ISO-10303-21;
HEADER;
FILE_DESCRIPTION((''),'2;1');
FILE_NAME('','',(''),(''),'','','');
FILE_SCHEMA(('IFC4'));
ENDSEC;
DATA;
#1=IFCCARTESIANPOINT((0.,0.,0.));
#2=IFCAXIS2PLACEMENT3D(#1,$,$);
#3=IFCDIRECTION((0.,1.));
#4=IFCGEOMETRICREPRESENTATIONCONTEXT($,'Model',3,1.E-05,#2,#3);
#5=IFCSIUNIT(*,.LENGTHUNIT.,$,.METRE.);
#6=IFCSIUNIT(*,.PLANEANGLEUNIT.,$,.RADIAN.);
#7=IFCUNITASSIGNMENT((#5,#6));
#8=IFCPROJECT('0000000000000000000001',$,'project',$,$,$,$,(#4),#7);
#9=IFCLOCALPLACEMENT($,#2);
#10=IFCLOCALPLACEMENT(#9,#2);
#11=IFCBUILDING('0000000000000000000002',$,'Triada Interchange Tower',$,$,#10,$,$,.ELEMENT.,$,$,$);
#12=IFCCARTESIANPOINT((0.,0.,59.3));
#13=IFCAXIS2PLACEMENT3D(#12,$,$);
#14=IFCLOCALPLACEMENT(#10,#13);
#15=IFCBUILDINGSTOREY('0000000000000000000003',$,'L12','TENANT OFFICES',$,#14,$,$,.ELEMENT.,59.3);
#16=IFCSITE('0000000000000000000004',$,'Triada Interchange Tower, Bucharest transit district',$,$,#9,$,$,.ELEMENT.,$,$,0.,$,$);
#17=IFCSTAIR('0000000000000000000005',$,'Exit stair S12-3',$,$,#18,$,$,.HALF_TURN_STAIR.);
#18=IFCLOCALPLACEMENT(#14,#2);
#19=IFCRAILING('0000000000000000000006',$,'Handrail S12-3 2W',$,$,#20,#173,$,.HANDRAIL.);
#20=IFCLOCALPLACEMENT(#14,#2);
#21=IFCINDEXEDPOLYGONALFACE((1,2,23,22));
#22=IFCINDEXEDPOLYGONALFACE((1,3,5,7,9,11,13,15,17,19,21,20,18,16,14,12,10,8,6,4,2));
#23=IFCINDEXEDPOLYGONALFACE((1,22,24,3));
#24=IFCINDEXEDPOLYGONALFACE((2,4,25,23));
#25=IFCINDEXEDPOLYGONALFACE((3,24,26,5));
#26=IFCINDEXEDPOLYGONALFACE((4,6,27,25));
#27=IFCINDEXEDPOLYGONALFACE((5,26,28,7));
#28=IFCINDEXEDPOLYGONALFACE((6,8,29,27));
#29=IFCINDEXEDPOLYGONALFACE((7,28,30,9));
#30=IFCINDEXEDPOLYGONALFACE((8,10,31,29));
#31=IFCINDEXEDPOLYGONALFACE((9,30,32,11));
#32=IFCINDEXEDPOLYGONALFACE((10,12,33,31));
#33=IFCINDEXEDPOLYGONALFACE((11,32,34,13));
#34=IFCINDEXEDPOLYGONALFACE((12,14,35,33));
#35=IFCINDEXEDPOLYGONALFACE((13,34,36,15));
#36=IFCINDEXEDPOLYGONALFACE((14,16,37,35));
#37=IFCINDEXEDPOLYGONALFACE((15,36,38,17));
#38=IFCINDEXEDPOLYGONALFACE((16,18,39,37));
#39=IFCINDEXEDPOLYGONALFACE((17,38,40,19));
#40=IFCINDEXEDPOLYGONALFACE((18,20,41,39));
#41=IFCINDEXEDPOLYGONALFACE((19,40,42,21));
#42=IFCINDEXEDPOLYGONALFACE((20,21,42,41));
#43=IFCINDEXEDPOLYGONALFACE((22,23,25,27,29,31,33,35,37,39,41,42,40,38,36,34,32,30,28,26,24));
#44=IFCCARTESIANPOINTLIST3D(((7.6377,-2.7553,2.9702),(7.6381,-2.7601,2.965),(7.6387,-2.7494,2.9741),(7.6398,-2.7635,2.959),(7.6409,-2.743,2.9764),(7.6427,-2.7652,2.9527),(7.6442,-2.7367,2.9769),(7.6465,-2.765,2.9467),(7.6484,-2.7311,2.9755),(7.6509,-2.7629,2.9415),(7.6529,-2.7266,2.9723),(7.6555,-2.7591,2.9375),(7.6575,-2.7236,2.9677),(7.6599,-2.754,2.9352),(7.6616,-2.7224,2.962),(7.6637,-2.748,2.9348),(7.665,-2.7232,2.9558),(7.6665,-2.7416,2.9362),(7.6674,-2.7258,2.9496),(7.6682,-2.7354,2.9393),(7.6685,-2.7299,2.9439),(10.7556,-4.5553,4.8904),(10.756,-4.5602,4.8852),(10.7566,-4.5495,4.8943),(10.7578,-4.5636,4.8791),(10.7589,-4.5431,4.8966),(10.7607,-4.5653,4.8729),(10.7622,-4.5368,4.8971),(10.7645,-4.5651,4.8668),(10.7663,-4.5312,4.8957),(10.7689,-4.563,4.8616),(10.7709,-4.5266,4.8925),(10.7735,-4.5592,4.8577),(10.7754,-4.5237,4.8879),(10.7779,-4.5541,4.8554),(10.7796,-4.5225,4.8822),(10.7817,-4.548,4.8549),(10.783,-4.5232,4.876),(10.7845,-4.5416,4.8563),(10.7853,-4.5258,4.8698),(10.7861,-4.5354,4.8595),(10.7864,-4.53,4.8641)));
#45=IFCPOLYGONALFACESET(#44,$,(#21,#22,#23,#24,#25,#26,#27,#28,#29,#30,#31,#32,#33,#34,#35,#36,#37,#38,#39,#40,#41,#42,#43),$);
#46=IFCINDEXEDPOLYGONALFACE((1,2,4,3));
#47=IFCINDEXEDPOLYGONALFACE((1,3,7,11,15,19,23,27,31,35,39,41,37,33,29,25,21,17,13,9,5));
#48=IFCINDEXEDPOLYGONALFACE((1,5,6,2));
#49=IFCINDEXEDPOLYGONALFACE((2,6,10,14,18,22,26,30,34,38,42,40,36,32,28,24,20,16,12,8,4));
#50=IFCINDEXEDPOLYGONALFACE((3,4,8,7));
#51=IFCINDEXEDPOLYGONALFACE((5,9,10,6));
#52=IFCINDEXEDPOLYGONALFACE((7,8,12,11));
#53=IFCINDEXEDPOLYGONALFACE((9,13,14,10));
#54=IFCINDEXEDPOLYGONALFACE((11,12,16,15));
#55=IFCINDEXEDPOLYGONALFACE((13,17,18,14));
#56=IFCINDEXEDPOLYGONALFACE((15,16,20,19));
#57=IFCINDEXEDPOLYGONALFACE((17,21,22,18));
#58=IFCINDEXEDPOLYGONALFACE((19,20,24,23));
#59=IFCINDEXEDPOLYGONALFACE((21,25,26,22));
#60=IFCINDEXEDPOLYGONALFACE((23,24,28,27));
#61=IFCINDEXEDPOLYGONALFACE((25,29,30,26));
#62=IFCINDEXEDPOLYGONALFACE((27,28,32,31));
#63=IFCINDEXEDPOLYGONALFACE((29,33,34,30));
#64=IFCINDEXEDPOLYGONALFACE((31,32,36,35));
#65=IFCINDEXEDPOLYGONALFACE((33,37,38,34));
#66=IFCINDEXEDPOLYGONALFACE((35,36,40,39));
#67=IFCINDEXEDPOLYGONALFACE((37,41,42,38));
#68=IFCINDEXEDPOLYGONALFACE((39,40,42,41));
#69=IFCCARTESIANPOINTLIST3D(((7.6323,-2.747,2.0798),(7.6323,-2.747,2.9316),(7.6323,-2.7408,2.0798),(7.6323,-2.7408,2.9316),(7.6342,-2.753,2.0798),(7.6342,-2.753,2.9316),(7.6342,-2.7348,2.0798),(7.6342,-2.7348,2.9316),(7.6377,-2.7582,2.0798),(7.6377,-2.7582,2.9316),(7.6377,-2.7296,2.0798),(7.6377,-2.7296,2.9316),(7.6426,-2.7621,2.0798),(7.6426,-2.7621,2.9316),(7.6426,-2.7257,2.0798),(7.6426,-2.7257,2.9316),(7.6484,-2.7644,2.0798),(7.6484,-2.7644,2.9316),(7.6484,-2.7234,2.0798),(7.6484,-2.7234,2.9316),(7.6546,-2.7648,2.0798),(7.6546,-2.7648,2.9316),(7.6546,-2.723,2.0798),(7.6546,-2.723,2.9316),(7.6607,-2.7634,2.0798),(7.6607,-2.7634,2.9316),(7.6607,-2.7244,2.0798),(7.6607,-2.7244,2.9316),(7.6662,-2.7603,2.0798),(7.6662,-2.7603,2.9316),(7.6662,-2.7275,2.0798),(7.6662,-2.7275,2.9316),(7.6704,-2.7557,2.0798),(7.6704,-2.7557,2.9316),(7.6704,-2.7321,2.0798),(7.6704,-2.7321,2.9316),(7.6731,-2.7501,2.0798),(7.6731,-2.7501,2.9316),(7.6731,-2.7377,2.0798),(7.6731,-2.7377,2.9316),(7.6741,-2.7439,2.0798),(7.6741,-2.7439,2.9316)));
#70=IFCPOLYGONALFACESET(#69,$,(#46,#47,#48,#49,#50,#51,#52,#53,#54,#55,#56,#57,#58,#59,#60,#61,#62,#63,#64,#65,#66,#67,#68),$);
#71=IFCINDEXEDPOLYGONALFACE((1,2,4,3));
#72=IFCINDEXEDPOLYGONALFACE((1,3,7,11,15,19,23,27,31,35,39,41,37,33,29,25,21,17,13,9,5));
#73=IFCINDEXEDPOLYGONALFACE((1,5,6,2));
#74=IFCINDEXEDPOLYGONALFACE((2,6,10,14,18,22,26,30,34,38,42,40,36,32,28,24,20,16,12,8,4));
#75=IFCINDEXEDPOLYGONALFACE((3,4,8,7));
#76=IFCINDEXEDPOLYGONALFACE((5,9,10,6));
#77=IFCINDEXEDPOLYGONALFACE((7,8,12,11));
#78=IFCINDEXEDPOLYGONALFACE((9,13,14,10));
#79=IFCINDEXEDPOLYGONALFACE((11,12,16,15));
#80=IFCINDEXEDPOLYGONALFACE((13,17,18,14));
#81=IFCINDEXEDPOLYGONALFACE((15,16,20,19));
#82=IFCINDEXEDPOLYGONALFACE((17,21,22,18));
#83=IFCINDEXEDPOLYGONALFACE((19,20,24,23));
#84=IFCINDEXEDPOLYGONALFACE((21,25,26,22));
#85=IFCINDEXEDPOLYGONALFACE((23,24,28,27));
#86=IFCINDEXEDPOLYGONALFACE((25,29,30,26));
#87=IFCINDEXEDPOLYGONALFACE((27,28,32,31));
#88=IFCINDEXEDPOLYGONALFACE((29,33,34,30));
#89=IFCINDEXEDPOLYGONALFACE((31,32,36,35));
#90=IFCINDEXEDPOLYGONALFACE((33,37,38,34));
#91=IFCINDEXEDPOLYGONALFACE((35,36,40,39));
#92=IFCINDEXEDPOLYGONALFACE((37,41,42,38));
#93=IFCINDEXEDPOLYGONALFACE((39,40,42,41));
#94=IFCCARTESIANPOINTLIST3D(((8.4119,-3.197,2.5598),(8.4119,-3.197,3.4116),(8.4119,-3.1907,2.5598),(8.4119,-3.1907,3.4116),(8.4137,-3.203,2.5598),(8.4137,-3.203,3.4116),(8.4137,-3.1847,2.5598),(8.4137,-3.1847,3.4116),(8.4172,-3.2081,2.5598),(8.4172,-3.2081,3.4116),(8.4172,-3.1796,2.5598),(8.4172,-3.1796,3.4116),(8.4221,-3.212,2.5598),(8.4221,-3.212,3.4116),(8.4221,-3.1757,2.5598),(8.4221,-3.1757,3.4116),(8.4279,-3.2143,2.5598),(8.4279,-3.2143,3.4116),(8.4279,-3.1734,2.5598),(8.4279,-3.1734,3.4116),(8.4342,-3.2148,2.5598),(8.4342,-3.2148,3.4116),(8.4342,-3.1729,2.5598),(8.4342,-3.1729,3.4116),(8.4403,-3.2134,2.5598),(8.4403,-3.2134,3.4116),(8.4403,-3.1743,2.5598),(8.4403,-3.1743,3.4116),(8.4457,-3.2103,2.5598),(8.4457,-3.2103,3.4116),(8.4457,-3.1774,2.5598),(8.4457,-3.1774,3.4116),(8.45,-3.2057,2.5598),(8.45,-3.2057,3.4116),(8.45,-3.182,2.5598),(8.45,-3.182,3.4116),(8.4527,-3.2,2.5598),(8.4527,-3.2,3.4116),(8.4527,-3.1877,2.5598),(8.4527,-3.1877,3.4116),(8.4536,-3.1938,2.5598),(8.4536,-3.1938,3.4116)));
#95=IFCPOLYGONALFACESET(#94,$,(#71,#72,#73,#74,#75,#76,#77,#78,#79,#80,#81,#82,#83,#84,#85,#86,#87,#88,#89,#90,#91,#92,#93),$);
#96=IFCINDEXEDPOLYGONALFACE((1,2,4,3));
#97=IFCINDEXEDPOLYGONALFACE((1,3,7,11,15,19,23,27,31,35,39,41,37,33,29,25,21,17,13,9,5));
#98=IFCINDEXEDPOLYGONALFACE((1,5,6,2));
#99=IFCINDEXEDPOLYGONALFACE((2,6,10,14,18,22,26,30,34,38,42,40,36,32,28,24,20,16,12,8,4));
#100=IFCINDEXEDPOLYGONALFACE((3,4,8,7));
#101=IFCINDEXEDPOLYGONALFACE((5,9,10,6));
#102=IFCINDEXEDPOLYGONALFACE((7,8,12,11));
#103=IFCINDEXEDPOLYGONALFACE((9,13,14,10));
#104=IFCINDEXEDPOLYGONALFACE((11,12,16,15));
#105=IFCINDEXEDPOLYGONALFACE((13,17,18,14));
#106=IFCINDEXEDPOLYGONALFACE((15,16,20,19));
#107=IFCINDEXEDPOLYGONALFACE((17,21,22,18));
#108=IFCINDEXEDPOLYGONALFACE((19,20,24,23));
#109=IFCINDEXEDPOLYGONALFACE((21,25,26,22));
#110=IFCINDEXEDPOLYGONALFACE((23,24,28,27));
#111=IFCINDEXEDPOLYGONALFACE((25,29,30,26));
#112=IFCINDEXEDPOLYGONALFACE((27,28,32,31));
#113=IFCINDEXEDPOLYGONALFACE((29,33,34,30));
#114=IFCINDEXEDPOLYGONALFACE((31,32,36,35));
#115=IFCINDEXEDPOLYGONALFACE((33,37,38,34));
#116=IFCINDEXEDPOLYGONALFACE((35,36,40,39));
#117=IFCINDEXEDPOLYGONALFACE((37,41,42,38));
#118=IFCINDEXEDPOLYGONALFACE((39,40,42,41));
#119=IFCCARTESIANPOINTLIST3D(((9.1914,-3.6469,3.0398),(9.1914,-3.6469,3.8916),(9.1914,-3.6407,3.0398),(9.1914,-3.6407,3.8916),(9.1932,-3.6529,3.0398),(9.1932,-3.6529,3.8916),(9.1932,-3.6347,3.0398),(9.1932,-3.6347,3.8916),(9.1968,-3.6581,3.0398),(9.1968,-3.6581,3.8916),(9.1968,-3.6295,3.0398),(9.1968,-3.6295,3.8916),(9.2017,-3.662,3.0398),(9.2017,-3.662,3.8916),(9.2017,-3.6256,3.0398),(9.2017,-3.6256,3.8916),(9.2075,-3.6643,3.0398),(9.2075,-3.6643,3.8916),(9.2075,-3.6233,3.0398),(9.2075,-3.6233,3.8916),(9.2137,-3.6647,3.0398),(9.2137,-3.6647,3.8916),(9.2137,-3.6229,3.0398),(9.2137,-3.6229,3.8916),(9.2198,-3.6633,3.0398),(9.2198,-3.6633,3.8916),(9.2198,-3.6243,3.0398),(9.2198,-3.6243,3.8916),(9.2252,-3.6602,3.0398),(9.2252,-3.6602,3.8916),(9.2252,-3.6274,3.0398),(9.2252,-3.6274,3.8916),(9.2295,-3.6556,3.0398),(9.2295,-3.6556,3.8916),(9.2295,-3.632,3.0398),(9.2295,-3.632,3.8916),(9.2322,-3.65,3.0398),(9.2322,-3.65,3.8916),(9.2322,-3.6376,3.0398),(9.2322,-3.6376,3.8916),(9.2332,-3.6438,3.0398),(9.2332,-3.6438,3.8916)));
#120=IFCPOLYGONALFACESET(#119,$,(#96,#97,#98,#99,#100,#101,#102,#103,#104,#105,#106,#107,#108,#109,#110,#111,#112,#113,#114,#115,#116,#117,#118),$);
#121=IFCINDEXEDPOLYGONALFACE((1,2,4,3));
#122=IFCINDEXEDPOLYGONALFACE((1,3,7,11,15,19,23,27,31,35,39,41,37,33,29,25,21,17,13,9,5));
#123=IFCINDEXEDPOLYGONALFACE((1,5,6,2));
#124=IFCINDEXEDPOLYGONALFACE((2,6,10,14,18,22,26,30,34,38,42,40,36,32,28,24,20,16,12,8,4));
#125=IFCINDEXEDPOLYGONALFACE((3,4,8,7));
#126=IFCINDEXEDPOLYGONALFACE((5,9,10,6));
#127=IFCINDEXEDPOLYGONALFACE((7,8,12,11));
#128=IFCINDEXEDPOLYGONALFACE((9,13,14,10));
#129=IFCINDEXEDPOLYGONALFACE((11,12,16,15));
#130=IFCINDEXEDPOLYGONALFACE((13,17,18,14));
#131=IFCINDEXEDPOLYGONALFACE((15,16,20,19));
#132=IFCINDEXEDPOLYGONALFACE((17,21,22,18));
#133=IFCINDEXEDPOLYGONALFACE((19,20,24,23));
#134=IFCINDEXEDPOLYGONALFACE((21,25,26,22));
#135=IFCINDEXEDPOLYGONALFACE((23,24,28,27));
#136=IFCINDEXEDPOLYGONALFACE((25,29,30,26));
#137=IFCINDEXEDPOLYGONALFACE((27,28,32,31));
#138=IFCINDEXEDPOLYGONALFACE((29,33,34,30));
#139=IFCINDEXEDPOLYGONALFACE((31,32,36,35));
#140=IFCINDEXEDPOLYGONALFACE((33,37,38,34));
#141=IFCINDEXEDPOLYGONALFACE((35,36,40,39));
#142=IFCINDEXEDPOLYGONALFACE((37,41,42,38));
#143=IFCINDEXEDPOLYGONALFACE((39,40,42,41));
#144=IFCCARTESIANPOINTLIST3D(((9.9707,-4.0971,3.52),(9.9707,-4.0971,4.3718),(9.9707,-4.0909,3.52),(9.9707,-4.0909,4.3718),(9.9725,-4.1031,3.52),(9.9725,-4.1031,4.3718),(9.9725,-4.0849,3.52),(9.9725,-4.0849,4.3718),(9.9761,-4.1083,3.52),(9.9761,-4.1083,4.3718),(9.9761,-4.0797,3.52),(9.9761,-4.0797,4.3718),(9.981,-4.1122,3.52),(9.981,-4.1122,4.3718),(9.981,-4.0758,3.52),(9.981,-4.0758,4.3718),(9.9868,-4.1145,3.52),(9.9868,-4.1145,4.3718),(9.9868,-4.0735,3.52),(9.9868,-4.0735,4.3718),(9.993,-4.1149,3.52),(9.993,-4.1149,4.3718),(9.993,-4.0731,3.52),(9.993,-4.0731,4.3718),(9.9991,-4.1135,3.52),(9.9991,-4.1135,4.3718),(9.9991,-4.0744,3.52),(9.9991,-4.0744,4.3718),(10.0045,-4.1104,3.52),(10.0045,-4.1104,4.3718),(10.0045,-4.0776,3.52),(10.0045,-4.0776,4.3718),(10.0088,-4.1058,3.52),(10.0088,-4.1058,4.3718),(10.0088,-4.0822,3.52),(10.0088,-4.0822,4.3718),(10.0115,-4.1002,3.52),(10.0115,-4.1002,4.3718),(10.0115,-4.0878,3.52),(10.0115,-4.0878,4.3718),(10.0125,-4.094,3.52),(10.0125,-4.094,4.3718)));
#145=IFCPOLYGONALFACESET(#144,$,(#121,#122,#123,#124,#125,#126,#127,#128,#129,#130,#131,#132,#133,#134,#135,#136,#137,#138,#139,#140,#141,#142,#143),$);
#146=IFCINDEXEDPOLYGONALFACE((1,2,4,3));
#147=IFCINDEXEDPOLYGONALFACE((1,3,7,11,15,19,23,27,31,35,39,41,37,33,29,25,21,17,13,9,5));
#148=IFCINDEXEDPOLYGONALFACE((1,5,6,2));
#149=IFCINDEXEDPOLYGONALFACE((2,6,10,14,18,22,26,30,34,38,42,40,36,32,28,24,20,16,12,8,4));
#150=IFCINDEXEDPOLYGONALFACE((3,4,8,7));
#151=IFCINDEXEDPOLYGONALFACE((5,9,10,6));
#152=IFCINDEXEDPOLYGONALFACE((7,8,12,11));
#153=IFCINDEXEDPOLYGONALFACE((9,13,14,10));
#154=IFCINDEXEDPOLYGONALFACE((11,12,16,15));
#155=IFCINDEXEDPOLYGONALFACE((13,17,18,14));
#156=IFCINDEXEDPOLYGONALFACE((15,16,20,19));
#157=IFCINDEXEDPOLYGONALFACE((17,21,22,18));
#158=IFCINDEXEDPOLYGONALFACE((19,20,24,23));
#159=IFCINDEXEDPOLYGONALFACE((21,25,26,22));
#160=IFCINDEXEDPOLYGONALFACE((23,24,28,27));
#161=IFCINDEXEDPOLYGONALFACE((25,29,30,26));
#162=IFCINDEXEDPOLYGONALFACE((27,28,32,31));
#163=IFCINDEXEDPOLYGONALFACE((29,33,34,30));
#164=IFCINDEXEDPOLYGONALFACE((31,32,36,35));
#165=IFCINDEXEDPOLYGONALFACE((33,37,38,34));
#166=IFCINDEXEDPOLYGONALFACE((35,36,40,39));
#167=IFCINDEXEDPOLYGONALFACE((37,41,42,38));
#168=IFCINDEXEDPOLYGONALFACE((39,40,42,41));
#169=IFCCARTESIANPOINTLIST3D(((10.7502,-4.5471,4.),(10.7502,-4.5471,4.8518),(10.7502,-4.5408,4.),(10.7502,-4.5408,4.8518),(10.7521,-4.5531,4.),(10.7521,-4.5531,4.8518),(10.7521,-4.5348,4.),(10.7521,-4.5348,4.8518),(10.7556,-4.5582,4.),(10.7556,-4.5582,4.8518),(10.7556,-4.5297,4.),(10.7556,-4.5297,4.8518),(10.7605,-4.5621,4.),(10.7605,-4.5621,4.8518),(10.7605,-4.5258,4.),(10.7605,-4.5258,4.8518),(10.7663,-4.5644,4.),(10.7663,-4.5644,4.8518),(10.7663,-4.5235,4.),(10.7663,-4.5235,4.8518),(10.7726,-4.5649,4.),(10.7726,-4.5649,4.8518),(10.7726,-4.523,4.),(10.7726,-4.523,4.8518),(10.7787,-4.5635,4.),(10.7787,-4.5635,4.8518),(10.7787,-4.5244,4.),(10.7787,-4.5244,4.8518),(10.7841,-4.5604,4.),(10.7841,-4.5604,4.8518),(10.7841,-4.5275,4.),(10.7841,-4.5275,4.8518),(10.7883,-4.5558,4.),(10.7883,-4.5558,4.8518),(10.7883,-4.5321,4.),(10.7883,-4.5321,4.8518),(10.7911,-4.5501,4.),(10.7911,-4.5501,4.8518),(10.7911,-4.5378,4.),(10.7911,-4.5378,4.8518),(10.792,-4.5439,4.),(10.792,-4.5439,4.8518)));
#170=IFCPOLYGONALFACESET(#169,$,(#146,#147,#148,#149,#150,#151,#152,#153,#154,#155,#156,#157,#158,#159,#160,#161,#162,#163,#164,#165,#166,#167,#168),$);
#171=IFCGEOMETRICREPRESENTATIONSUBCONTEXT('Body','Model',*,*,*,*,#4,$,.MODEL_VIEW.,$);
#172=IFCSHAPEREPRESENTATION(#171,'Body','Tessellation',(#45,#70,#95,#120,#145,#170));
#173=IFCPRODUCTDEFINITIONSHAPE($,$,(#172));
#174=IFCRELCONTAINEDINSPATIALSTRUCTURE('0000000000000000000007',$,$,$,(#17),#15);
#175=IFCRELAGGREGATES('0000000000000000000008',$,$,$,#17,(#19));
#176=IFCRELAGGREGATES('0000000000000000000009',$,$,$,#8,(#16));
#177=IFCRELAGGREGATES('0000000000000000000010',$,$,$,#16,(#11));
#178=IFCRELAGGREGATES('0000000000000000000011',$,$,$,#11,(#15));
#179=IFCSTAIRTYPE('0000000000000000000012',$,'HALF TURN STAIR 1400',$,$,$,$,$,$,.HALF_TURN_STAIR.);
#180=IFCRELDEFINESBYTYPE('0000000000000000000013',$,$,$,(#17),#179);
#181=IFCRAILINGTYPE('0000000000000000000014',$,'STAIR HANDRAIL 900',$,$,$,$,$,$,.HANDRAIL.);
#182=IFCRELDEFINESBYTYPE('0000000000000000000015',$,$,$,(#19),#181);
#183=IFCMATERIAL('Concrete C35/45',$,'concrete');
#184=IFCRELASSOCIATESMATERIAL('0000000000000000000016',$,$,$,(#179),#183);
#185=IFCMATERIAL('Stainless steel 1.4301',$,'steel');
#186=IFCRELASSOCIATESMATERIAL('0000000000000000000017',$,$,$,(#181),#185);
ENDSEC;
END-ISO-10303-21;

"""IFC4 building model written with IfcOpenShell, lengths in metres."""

from ifc_helpers import new_model, si_unit, direction, frame, origin, origin_2d, place, context, subcontext, project, spatial, circle, extrude, material, type_object, element, aggregate, save


model = new_model("IFC4")

# Units and contexts
model_context = context("Model", 3, precision=1e-05, world=origin(), true_north=direction((0.0, 1.0)))
body_context = subcontext(model_context, "Body", "Model", "MODEL_VIEW")
ifc_project = project(units=[si_unit("LENGTHUNIT", "METRE"), si_unit("PLANEANGLEUNIT", "RADIAN")], contexts=[model_context])

# Site, building, storey
site_placement = place(None, origin())
site = spatial("IfcSite", under=ifc_project, at=site_placement, Name="Triada Interchange Tower, Bucharest transit district", CompositionType="ELEMENT", RefElevation=0.0)
building_placement = place(site_placement, origin())
building = spatial("IfcBuilding", under=site, at=building_placement, Name="Triada Interchange Tower", CompositionType="ELEMENT")
storey_placement = place(building_placement, frame((0.0, 0.0, 59.3)))
storey = spatial("IfcBuildingStorey", under=building, at=storey_placement, Name="L12", Description="TENANT OFFICES", CompositionType="ELEMENT", Elevation=59.3)

# Stair, railing
ifc_material_1 = material(Name="Concrete C35/45", Category="concrete")
stair_type = type_object("IfcStairType", Name="HALF TURN STAIR 1400", PredefinedType="HALF_TURN_STAIR", material=ifc_material_1)
stair_placement = place(storey_placement, origin())
stair = element("IfcStair", 1, at=stair_placement, inside=storey, type_object=stair_type, Name="Exit stair S12-3", PredefinedType="HALF_TURN_STAIR")
ifc_material_2 = material(Name="Stainless steel 1.4301", Category="steel")
railing_type = type_object("IfcRailingType", Name="STAIR HANDRAIL 900", PredefinedType="HANDRAIL", material=ifc_material_2)
railing_1_placement = place(storey_placement, frame((7.6531, -2.7439, 2.0798)))
railing_1 = element("IfcRailing", 2, at=railing_1_placement, type_object=railing_type, Name="Handrail S12-3 2W", PredefinedType="HANDRAIL", context=body_context, shape_type="SweptSolid", body=[
    extrude(circle(Radius=0.0239, at=origin_2d()), frame((0.0, 0.0, 0.876), z_axis=(0.764145, -0.441159, 0.470597), x_axis=(0.499983, 0.866035, 0.0)), (0.0, 0.0, 1.0), 4.0803),
    extrude(circle(Radius=0.021, at=origin_2d()), origin(), (0.0, 0.0, 1.0), 0.8518),
    extrude(circle(Radius=0.021, at=origin_2d()), frame((0.7795, -0.45, 0.48)), (0.0, 0.0, 1.0), 0.8518),
    extrude(circle(Radius=0.021, at=origin_2d()), frame((1.5591, -0.8999, 0.96)), (0.0, 0.0, 1.0), 0.8518),
    extrude(circle(Radius=0.021, at=origin_2d()), frame((2.3384, -1.3501, 1.4402)), (0.0, 0.0, 1.0), 0.8518),
    extrude(circle(Radius=0.021, at=origin_2d()), frame((3.1179, -1.8, 1.9202)), (0.0, 0.0, 1.0), 0.8518),
])
aggregate(stair, [railing_1])

save(model, "model.ifc")
